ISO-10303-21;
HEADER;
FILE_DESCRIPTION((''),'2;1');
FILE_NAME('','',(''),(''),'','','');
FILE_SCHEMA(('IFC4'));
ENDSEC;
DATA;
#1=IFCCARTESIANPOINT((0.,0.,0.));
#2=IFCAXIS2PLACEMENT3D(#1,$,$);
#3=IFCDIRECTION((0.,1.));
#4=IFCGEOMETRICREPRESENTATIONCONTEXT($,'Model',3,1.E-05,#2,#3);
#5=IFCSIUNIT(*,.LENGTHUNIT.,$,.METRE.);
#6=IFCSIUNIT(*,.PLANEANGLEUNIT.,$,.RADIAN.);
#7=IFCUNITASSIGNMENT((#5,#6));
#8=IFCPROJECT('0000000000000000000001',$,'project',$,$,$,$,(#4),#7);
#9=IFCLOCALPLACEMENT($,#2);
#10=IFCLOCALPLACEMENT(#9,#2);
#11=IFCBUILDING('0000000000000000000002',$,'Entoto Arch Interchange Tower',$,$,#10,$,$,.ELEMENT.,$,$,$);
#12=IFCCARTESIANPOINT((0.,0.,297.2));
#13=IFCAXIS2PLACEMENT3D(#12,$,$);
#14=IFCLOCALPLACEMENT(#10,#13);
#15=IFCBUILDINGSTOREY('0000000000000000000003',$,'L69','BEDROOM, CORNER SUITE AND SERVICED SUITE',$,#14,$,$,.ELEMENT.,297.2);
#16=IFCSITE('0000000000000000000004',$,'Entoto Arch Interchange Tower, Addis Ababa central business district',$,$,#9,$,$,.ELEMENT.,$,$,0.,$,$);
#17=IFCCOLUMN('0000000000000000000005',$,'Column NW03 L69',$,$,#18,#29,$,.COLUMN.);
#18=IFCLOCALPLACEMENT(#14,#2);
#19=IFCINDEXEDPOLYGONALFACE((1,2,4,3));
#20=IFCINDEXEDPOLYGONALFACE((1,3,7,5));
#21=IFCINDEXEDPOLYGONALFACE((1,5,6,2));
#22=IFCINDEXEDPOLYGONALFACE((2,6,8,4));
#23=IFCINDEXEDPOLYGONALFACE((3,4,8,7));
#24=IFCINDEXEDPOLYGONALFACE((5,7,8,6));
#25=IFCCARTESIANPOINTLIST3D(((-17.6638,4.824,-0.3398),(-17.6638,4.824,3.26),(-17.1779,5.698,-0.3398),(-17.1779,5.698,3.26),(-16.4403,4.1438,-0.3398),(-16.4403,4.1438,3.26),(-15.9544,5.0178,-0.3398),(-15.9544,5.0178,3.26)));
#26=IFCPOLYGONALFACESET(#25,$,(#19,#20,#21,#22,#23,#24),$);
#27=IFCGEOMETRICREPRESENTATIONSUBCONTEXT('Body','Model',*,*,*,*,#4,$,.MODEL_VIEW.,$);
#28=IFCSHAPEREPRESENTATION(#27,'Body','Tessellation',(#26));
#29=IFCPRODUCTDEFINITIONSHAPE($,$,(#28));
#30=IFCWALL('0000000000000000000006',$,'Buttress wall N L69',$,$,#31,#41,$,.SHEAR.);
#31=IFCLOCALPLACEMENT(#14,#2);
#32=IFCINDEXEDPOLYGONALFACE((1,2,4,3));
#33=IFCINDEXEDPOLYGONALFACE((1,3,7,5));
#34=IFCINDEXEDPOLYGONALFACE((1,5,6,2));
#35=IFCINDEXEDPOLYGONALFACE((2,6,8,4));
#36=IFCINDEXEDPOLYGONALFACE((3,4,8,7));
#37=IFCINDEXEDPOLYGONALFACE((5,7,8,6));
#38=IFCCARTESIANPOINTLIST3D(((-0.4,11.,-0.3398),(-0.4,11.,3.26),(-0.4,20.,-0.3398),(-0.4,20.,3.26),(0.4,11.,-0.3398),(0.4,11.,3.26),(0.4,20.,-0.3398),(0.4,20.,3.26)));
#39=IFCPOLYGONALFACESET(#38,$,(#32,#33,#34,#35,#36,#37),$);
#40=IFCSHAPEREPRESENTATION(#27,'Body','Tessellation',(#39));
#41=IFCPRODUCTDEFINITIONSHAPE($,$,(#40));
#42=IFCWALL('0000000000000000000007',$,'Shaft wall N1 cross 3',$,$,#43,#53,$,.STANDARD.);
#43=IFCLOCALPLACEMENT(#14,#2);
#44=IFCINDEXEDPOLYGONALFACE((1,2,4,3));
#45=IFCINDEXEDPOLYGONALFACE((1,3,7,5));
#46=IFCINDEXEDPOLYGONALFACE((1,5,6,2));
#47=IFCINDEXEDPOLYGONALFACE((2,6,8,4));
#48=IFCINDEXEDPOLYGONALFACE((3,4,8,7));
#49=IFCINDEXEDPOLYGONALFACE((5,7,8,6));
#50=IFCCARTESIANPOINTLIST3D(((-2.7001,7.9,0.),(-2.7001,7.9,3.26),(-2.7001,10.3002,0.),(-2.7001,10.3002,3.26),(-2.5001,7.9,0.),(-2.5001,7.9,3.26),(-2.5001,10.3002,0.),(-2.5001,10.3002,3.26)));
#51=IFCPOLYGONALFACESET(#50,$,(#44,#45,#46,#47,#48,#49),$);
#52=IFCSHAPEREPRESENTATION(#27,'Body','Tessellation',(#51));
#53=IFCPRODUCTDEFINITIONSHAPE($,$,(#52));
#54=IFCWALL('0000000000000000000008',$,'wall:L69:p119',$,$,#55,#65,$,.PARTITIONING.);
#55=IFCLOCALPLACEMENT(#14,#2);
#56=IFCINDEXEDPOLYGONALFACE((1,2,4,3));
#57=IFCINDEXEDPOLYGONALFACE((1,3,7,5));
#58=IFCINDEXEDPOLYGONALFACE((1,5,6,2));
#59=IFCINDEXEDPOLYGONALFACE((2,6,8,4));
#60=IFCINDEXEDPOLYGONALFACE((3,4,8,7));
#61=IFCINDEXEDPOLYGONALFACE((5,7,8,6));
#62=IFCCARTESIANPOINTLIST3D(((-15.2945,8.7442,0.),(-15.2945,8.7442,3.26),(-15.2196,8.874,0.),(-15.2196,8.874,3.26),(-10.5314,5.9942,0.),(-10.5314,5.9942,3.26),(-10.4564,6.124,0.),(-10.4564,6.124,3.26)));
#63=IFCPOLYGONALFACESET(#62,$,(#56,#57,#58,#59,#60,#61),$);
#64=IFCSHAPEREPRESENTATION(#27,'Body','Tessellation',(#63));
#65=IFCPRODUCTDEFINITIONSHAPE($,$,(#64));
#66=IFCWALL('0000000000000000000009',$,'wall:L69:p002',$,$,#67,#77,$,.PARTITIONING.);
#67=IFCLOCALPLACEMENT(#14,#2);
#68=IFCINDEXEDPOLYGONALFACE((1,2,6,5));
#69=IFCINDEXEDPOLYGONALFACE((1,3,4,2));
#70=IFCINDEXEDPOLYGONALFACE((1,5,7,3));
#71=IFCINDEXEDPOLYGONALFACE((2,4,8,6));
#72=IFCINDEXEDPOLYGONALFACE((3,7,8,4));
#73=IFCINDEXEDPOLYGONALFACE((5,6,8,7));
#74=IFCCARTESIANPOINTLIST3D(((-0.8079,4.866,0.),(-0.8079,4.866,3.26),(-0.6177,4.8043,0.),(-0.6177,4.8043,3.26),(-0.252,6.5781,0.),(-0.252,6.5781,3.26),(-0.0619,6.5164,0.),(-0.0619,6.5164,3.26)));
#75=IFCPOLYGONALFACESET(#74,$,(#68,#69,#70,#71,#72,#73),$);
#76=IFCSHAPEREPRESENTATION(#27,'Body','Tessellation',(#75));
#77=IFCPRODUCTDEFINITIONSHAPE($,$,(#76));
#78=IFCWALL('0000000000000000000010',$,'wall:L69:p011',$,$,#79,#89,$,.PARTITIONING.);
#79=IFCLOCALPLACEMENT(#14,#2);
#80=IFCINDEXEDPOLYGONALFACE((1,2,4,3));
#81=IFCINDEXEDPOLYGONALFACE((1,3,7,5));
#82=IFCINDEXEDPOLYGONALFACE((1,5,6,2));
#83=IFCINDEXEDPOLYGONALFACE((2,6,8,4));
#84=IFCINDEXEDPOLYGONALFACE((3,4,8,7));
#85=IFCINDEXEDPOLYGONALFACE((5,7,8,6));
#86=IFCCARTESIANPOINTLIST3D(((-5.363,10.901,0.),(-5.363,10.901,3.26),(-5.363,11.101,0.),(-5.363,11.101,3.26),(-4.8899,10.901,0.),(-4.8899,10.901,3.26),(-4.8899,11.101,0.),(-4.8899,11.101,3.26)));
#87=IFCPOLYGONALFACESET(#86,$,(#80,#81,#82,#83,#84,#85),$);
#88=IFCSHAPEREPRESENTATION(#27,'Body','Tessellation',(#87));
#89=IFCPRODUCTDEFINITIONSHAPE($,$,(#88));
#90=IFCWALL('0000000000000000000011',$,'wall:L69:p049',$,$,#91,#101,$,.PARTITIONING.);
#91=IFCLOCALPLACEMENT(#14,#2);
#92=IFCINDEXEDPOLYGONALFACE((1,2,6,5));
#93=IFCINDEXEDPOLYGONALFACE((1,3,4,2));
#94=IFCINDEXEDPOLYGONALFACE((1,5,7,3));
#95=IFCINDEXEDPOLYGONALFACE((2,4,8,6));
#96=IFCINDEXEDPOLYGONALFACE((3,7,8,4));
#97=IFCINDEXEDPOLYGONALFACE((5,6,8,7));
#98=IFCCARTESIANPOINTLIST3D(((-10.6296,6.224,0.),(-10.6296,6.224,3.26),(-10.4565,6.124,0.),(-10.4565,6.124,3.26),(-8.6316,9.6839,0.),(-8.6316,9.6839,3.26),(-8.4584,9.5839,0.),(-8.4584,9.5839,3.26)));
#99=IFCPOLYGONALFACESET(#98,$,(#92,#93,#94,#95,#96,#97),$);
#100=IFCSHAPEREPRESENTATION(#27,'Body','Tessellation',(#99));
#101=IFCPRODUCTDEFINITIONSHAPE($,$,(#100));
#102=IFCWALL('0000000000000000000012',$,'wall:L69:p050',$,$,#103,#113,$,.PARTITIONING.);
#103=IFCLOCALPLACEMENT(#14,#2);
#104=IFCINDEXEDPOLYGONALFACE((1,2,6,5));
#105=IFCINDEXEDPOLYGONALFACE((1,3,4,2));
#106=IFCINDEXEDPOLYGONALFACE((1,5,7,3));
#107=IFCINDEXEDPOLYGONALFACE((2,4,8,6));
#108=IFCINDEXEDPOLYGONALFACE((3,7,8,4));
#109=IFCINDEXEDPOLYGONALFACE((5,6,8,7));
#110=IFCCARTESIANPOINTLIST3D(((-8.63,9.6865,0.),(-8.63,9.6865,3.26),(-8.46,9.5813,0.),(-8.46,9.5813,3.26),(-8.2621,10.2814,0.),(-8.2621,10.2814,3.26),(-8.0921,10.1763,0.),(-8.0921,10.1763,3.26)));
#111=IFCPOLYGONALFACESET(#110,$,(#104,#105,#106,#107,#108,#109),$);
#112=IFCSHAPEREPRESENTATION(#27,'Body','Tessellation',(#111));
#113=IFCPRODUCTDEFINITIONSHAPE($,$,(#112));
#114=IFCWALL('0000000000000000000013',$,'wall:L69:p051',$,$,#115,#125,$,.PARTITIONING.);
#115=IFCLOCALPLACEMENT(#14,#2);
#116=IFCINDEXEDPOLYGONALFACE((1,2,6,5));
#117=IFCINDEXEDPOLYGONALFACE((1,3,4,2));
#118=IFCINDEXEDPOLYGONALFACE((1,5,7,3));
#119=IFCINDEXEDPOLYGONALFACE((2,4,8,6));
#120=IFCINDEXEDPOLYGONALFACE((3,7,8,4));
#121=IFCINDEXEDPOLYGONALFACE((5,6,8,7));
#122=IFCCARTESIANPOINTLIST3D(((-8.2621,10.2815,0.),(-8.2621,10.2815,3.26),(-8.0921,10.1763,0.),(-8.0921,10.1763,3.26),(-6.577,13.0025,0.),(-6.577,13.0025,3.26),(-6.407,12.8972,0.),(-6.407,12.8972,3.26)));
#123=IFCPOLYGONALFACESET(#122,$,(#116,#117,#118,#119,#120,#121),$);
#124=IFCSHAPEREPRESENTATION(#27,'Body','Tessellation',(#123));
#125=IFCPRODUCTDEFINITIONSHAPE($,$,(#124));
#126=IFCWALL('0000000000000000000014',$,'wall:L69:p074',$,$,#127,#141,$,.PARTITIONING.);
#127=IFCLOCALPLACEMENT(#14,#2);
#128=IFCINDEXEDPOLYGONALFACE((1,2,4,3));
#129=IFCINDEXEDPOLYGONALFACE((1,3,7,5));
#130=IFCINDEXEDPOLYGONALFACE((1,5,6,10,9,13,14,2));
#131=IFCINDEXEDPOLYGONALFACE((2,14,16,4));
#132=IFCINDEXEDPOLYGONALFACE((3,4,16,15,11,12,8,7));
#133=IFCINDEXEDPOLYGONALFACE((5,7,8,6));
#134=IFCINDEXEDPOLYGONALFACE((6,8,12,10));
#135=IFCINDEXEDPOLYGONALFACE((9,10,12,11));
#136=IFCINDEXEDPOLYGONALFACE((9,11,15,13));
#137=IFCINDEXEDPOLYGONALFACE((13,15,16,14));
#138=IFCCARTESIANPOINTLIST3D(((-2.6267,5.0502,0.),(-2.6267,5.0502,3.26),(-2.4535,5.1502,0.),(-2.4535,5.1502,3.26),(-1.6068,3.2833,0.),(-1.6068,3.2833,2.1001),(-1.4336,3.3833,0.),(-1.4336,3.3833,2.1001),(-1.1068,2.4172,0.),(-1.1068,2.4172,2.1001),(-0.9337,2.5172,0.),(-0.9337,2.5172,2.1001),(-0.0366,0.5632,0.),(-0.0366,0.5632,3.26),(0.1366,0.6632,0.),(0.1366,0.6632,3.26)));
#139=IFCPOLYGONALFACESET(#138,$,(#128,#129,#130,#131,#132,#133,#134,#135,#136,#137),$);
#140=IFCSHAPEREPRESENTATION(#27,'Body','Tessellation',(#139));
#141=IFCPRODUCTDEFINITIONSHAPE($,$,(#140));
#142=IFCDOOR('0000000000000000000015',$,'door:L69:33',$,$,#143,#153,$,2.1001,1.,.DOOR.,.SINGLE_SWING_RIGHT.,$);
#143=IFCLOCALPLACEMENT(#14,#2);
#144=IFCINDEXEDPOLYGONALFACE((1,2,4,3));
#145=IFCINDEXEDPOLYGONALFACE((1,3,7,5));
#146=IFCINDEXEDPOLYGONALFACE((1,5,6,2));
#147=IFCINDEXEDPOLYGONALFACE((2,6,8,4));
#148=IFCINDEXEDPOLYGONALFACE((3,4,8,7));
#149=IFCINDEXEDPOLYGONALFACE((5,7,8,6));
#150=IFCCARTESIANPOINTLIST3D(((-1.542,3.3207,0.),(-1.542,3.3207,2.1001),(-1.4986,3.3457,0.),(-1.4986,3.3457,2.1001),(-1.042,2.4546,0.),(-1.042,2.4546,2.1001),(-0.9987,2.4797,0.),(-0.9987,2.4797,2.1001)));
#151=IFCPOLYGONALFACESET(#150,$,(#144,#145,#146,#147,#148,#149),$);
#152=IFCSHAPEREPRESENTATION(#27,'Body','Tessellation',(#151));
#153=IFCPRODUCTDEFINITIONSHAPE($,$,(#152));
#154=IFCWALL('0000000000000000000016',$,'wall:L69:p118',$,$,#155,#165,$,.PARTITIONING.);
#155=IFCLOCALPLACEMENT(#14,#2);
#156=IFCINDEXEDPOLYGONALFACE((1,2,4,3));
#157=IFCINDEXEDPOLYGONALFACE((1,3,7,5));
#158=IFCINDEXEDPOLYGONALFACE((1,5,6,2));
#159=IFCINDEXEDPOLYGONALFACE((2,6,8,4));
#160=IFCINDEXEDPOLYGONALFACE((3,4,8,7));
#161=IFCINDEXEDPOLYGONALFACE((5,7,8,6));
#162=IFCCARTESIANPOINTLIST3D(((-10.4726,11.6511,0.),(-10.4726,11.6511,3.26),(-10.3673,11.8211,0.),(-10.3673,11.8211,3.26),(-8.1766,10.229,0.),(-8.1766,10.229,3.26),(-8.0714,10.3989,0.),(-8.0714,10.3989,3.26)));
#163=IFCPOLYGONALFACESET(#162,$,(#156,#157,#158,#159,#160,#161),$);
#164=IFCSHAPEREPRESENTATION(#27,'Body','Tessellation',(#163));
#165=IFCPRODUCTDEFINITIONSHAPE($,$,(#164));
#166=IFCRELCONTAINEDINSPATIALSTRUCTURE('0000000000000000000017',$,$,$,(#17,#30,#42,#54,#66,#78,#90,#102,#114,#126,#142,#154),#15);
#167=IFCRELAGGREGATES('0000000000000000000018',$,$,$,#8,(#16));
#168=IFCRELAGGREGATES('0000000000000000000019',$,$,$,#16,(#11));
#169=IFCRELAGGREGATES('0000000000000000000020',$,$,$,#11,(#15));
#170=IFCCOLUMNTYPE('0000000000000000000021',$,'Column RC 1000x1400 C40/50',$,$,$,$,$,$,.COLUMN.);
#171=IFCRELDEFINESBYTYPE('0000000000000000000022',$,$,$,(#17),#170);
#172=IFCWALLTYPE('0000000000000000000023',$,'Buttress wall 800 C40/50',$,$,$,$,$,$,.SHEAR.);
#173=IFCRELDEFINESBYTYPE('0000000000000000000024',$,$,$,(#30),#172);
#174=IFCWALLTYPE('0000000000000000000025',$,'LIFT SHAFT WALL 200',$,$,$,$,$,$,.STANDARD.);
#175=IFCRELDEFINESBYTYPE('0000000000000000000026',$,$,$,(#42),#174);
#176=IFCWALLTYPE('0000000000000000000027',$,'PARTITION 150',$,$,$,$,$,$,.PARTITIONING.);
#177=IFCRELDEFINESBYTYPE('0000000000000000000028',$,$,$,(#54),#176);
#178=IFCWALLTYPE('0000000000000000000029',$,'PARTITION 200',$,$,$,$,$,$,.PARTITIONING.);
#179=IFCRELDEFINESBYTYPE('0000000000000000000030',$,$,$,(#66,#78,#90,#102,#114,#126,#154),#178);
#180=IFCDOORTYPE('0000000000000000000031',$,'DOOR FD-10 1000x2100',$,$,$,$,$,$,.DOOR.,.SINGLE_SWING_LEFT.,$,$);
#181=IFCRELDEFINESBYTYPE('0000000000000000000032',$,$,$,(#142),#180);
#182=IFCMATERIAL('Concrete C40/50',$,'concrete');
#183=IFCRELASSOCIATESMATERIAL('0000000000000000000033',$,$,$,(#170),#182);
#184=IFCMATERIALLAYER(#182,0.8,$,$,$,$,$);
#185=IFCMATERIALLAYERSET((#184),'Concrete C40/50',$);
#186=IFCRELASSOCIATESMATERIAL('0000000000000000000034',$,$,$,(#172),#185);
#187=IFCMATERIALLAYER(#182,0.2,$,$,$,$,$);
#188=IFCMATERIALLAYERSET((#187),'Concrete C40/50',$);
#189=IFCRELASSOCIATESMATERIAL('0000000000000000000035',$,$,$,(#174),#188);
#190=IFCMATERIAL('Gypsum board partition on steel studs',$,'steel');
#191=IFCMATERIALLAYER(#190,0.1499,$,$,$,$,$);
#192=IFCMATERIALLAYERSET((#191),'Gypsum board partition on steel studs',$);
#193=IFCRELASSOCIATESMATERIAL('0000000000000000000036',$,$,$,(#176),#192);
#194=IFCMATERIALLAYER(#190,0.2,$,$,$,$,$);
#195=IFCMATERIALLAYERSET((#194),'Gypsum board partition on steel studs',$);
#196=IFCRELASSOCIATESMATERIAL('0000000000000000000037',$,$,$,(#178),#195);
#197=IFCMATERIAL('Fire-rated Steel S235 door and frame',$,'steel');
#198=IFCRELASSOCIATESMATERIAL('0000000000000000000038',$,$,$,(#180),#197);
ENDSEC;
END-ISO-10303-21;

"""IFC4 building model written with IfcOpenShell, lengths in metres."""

from ifc_helpers import new_model, si_unit, direction, frame, frame_2d, origin, origin_2d, place, context, subcontext, project, spatial, rectangle, extrude, material, layer, layer_set, material_profile, profile_set, type_object, element, fill, save


model = new_model("IFC4")

# Units and contexts
model_context = context("Model", 3, precision=1e-05, world=origin(), true_north=direction((0.0, 1.0)))
body_context = subcontext(model_context, "Body", "Model", "MODEL_VIEW")
ifc_project = project(units=[si_unit("LENGTHUNIT", "METRE"), si_unit("PLANEANGLEUNIT", "RADIAN")], contexts=[model_context])

# Site, building, storey
site_placement = place(None, origin())
site = spatial("IfcSite", under=ifc_project, at=site_placement, Name="Entoto Arch Interchange Tower, Addis Ababa central business district", CompositionType="ELEMENT", RefElevation=0.0)
building_placement = place(site_placement, origin())
building = spatial("IfcBuilding", under=site, at=building_placement, Name="Entoto Arch Interchange Tower", CompositionType="ELEMENT")
storey_placement = place(building_placement, frame((0.0, 0.0, 297.2)))
storey = spatial("IfcBuildingStorey", under=building, at=storey_placement, Name="L69", Description="BEDROOM, CORNER SUITE AND SERVICED SUITE", CompositionType="ELEMENT", Elevation=297.2)

# Column
ifc_material_1 = material(Name="Concrete C40/50", Category="concrete")
ifc_material_profile = material_profile(ifc_material_1, rectangle(XDim=1.0, YDim=1.3999, at=origin_2d()))
ifc_profile_set = profile_set([ifc_material_profile], Name="Concrete C40/50")
column_type = type_object("IfcColumnType", Name="Column RC 1000x1400 C40/50", PredefinedType="COLUMN", material=ifc_profile_set)
column_placement = place(storey_placement, frame((-16.8091, 4.9209, -0.3398), z_axis=(0.0, 0.0, 1.0), x_axis=(0.485924, 0.874001, 0.0)))
element("IfcColumn", 1, at=column_placement, inside=storey, type_object=column_type, Name="Column NW03 L69", PredefinedType="COLUMN", context=body_context, shape_type="SweptSolid", body=[
    extrude(rectangle(XDim=1.0, YDim=1.3999, at=origin_2d()), origin(), (0.0, 0.0, 1.0), 3.5999),
])

# Walls
ifc_layer_1 = layer(ifc_material_1, 0.8)
ifc_layer_set_1 = layer_set([ifc_layer_1], Name="Concrete C40/50")
wall_type_1 = type_object("IfcWallType", Name="Buttress wall 800 C40/50", PredefinedType="SHEAR", material=ifc_layer_set_1)
wall_1_placement = place(storey_placement, frame((0.0, 11.0, -0.3398), z_axis=(0.0, 0.0, 1.0), x_axis=(0.0, 1.0, 0.0)))
element("IfcWall", 2, at=wall_1_placement, inside=storey, type_object=wall_type_1, Name="Buttress wall N L69", PredefinedType="SHEAR", context=body_context, shape_type="SweptSolid", body=[
    extrude(rectangle(XDim=9.0, YDim=0.8, at=frame_2d((4.5, 0.0))), origin(), (0.0, 0.0, 1.0), 3.5999),
])
ifc_layer_2 = layer(ifc_material_1, 0.2)
ifc_layer_set_2 = layer_set([ifc_layer_2], Name="Concrete C40/50")
wall_type_2 = type_object("IfcWallType", Name="LIFT SHAFT WALL 200", PredefinedType="STANDARD", material=ifc_layer_set_2)
wall_2_placement = place(storey_placement, frame((-2.6001, 7.8999, 0.0), z_axis=(0.0, 0.0, 1.0), x_axis=(0.0, 1.0, 0.0)))
element("IfcWall", 3, at=wall_2_placement, inside=storey, type_object=wall_type_2, Name="Shaft wall N1 cross 3", PredefinedType="STANDARD", context=body_context, shape_type="SweptSolid", body=[
    extrude(rectangle(XDim=2.4001, YDim=0.2, at=frame_2d((1.2002, 0.0))), origin(), (0.0, 0.0, 1.0), 3.26),
])
ifc_material_2 = material(Name="Gypsum board partition on steel studs", Category="steel")
ifc_layer_3 = layer(ifc_material_2, 0.1499)
ifc_layer_set_3 = layer_set([ifc_layer_3], Name="Gypsum board partition on steel studs")
wall_type_3 = type_object("IfcWallType", Name="PARTITION 150", PredefinedType="PARTITIONING", material=ifc_layer_set_3)
wall_3_placement = place(storey_placement, frame((-10.4939, 6.0591, 0.0), z_axis=(0.0, 0.0, 1.0), x_axis=(-0.866027, 0.499997, 0.0)))
element("IfcWall", 4, at=wall_3_placement, inside=storey, type_object=wall_type_3, Name="wall:L69:p119", PredefinedType="PARTITIONING", context=body_context, shape_type="SweptSolid", body=[
    extrude(rectangle(XDim=5.5, YDim=0.1499, at=frame_2d((2.75, 0.0))), origin(), (0.0, 0.0, 1.0), 3.26),
])
ifc_layer_4 = layer(ifc_material_2, 0.2)
ifc_layer_set_4 = layer_set([ifc_layer_4], Name="Gypsum board partition on steel studs")
wall_type_4 = type_object("IfcWallType", Name="PARTITION 200", PredefinedType="PARTITIONING", material=ifc_layer_set_4)
wall_4_placement = place(storey_placement, frame((-0.157, 6.5471, 0.0), z_axis=(0.0, 0.0, 1.0), x_axis=(-0.308813, -0.951123, 0.0)))
element("IfcWall", 5, at=wall_4_placement, inside=storey, type_object=wall_type_4, Name="wall:L69:p002", PredefinedType="PARTITIONING", context=body_context, shape_type="SweptSolid", body=[
    extrude(rectangle(XDim=1.8, YDim=0.2, at=frame_2d((0.8999, 0.0))), origin(), (0.0, 0.0, 1.0), 3.26),
])
wall_5_placement = place(storey_placement, frame((-5.363, 11.001, 0.0), z_axis=(0.0, 0.0, 1.0), x_axis=(1.0, 0.0, 0.0)))
element("IfcWall", 6, at=wall_5_placement, inside=storey, type_object=wall_type_4, Name="wall:L69:p011", PredefinedType="PARTITIONING", context=body_context, shape_type="SweptSolid", body=[
    extrude(rectangle(XDim=0.4731, YDim=0.2, at=frame_2d((0.2366, 0.0))), origin(), (0.0, 0.0, 1.0), 3.26),
])
wall_6_placement = place(storey_placement, frame((-10.543, 6.1741, 0.0), z_axis=(0.0, 0.0, 1.0), x_axis=(0.500082, 0.865978, 0.0)))
element("IfcWall", 7, at=wall_6_placement, inside=storey, type_object=wall_type_4, Name="wall:L69:p049", PredefinedType="PARTITIONING", context=body_context, shape_type="SweptSolid", body=[
    extrude(rectangle(XDim=3.9954, YDim=0.2, at=frame_2d((1.9976, 0.0))), origin(), (0.0, 0.0, 1.0), 3.26),
])
wall_7_placement = place(storey_placement, frame((-8.5449, 9.634, 0.0), z_axis=(0.0, 0.0, 1.0), x_axis=(0.525946, 0.850518, 0.0)))
element("IfcWall", 8, at=wall_7_placement, inside=storey, type_object=wall_type_4, Name="wall:L69:p050", PredefinedType="PARTITIONING", context=body_context, shape_type="SweptSolid", body=[
    extrude(rectangle(XDim=0.6995, YDim=0.2, at=frame_2d((0.3496, 0.0))), origin(), (0.0, 0.0, 1.0), 3.26),
])
wall_8_placement = place(storey_placement, frame((-8.177, 10.229, 0.0), z_axis=(0.0, 0.0, 1.0), x_axis=(0.526504, 0.850172, 0.0)))
element("IfcWall", 9, at=wall_8_placement, inside=storey, type_object=wall_type_4, Name="wall:L69:p051", PredefinedType="PARTITIONING", context=body_context, shape_type="SweptSolid", body=[
    extrude(rectangle(XDim=3.2004, YDim=0.2, at=frame_2d((1.6001, 0.0))), origin(), (0.0, 0.0, 1.0), 3.26),
])

# Wall, opening, door
wall_9_placement = place(storey_placement, frame((-2.54, 5.1001, 0.0), z_axis=(0.0, 0.0, 1.0), x_axis=(0.499925, -0.866069, 0.0)))
wall_9 = element("IfcWall", 10, at=wall_9_placement, inside=storey, type_object=wall_type_4, Name="wall:L69:p074", PredefinedType="PARTITIONING", context=body_context, shape_type="SweptSolid", body=[
    extrude(rectangle(XDim=5.1809, YDim=0.2, at=frame_2d((2.5903, 0.0))), origin(), (0.0, 0.0, 1.0), 3.26),
])
opening_1_placement = place(wall_9_placement, frame((2.04, 0.0, 0.0)))
opening_1 = element("IfcOpeningElement", 11, at=opening_1_placement, cuts=wall_9, PredefinedType="OPENING", context=body_context, shape_type="SweptSolid", body=[
    extrude(rectangle(XDim=1.0, YDim=2.1001, at=frame_2d((0.5, 1.05))), frame((0.0, 0.1099, 0.0), z_axis=(0.0, -1.0, 0.0), x_axis=(1.0, 0.0, 0.0)), (0.0, 0.0, 1.0), 0.22),
])
ifc_material_3 = material(Name="Fire-rated Steel S235 door and frame", Category="steel")
door_type_1 = type_object("IfcDoorType", Name="DOOR FD-10 1000x2100", OperationType="SINGLE_SWING_LEFT", PredefinedType="DOOR", material=ifc_material_3)
door_1_placement = place(opening_1_placement, origin())
door_1 = element("IfcDoor", 12, at=door_1_placement, inside=storey, type_object=door_type_1, Name="door:L69:33", OperationType="SINGLE_SWING_RIGHT", OverallHeight=2.1001, OverallWidth=1.0, PredefinedType="DOOR", context=body_context, shape_type="SweptSolid", body=[
    extrude(rectangle(XDim=1.0, YDim=2.1001, at=frame_2d((0.5, 1.05))), frame((0.0, 0.0249, 0.0), z_axis=(0.0, -1.0, 0.0), x_axis=(1.0, 0.0, 0.0)), (0.0, 0.0, 1.0), 0.05),
])
fill(opening_1, door_1)

# Wall
wall_10_placement = place(storey_placement, frame((-10.4199, 11.7361, 0.0), z_axis=(0.0, 0.0, 1.0), x_axis=(0.850124, -0.526582, 0.0)))
element("IfcWall", 13, at=wall_10_placement, inside=storey, type_object=wall_type_4, Name="wall:L69:p118", PredefinedType="PARTITIONING", context=body_context, shape_type="SweptSolid", body=[
    extrude(rectangle(XDim=2.7007, YDim=0.2, at=frame_2d((1.3503, 0.0))), origin(), (0.0, 0.0, 1.0), 3.26),
])

save(model, "model.ifc")
